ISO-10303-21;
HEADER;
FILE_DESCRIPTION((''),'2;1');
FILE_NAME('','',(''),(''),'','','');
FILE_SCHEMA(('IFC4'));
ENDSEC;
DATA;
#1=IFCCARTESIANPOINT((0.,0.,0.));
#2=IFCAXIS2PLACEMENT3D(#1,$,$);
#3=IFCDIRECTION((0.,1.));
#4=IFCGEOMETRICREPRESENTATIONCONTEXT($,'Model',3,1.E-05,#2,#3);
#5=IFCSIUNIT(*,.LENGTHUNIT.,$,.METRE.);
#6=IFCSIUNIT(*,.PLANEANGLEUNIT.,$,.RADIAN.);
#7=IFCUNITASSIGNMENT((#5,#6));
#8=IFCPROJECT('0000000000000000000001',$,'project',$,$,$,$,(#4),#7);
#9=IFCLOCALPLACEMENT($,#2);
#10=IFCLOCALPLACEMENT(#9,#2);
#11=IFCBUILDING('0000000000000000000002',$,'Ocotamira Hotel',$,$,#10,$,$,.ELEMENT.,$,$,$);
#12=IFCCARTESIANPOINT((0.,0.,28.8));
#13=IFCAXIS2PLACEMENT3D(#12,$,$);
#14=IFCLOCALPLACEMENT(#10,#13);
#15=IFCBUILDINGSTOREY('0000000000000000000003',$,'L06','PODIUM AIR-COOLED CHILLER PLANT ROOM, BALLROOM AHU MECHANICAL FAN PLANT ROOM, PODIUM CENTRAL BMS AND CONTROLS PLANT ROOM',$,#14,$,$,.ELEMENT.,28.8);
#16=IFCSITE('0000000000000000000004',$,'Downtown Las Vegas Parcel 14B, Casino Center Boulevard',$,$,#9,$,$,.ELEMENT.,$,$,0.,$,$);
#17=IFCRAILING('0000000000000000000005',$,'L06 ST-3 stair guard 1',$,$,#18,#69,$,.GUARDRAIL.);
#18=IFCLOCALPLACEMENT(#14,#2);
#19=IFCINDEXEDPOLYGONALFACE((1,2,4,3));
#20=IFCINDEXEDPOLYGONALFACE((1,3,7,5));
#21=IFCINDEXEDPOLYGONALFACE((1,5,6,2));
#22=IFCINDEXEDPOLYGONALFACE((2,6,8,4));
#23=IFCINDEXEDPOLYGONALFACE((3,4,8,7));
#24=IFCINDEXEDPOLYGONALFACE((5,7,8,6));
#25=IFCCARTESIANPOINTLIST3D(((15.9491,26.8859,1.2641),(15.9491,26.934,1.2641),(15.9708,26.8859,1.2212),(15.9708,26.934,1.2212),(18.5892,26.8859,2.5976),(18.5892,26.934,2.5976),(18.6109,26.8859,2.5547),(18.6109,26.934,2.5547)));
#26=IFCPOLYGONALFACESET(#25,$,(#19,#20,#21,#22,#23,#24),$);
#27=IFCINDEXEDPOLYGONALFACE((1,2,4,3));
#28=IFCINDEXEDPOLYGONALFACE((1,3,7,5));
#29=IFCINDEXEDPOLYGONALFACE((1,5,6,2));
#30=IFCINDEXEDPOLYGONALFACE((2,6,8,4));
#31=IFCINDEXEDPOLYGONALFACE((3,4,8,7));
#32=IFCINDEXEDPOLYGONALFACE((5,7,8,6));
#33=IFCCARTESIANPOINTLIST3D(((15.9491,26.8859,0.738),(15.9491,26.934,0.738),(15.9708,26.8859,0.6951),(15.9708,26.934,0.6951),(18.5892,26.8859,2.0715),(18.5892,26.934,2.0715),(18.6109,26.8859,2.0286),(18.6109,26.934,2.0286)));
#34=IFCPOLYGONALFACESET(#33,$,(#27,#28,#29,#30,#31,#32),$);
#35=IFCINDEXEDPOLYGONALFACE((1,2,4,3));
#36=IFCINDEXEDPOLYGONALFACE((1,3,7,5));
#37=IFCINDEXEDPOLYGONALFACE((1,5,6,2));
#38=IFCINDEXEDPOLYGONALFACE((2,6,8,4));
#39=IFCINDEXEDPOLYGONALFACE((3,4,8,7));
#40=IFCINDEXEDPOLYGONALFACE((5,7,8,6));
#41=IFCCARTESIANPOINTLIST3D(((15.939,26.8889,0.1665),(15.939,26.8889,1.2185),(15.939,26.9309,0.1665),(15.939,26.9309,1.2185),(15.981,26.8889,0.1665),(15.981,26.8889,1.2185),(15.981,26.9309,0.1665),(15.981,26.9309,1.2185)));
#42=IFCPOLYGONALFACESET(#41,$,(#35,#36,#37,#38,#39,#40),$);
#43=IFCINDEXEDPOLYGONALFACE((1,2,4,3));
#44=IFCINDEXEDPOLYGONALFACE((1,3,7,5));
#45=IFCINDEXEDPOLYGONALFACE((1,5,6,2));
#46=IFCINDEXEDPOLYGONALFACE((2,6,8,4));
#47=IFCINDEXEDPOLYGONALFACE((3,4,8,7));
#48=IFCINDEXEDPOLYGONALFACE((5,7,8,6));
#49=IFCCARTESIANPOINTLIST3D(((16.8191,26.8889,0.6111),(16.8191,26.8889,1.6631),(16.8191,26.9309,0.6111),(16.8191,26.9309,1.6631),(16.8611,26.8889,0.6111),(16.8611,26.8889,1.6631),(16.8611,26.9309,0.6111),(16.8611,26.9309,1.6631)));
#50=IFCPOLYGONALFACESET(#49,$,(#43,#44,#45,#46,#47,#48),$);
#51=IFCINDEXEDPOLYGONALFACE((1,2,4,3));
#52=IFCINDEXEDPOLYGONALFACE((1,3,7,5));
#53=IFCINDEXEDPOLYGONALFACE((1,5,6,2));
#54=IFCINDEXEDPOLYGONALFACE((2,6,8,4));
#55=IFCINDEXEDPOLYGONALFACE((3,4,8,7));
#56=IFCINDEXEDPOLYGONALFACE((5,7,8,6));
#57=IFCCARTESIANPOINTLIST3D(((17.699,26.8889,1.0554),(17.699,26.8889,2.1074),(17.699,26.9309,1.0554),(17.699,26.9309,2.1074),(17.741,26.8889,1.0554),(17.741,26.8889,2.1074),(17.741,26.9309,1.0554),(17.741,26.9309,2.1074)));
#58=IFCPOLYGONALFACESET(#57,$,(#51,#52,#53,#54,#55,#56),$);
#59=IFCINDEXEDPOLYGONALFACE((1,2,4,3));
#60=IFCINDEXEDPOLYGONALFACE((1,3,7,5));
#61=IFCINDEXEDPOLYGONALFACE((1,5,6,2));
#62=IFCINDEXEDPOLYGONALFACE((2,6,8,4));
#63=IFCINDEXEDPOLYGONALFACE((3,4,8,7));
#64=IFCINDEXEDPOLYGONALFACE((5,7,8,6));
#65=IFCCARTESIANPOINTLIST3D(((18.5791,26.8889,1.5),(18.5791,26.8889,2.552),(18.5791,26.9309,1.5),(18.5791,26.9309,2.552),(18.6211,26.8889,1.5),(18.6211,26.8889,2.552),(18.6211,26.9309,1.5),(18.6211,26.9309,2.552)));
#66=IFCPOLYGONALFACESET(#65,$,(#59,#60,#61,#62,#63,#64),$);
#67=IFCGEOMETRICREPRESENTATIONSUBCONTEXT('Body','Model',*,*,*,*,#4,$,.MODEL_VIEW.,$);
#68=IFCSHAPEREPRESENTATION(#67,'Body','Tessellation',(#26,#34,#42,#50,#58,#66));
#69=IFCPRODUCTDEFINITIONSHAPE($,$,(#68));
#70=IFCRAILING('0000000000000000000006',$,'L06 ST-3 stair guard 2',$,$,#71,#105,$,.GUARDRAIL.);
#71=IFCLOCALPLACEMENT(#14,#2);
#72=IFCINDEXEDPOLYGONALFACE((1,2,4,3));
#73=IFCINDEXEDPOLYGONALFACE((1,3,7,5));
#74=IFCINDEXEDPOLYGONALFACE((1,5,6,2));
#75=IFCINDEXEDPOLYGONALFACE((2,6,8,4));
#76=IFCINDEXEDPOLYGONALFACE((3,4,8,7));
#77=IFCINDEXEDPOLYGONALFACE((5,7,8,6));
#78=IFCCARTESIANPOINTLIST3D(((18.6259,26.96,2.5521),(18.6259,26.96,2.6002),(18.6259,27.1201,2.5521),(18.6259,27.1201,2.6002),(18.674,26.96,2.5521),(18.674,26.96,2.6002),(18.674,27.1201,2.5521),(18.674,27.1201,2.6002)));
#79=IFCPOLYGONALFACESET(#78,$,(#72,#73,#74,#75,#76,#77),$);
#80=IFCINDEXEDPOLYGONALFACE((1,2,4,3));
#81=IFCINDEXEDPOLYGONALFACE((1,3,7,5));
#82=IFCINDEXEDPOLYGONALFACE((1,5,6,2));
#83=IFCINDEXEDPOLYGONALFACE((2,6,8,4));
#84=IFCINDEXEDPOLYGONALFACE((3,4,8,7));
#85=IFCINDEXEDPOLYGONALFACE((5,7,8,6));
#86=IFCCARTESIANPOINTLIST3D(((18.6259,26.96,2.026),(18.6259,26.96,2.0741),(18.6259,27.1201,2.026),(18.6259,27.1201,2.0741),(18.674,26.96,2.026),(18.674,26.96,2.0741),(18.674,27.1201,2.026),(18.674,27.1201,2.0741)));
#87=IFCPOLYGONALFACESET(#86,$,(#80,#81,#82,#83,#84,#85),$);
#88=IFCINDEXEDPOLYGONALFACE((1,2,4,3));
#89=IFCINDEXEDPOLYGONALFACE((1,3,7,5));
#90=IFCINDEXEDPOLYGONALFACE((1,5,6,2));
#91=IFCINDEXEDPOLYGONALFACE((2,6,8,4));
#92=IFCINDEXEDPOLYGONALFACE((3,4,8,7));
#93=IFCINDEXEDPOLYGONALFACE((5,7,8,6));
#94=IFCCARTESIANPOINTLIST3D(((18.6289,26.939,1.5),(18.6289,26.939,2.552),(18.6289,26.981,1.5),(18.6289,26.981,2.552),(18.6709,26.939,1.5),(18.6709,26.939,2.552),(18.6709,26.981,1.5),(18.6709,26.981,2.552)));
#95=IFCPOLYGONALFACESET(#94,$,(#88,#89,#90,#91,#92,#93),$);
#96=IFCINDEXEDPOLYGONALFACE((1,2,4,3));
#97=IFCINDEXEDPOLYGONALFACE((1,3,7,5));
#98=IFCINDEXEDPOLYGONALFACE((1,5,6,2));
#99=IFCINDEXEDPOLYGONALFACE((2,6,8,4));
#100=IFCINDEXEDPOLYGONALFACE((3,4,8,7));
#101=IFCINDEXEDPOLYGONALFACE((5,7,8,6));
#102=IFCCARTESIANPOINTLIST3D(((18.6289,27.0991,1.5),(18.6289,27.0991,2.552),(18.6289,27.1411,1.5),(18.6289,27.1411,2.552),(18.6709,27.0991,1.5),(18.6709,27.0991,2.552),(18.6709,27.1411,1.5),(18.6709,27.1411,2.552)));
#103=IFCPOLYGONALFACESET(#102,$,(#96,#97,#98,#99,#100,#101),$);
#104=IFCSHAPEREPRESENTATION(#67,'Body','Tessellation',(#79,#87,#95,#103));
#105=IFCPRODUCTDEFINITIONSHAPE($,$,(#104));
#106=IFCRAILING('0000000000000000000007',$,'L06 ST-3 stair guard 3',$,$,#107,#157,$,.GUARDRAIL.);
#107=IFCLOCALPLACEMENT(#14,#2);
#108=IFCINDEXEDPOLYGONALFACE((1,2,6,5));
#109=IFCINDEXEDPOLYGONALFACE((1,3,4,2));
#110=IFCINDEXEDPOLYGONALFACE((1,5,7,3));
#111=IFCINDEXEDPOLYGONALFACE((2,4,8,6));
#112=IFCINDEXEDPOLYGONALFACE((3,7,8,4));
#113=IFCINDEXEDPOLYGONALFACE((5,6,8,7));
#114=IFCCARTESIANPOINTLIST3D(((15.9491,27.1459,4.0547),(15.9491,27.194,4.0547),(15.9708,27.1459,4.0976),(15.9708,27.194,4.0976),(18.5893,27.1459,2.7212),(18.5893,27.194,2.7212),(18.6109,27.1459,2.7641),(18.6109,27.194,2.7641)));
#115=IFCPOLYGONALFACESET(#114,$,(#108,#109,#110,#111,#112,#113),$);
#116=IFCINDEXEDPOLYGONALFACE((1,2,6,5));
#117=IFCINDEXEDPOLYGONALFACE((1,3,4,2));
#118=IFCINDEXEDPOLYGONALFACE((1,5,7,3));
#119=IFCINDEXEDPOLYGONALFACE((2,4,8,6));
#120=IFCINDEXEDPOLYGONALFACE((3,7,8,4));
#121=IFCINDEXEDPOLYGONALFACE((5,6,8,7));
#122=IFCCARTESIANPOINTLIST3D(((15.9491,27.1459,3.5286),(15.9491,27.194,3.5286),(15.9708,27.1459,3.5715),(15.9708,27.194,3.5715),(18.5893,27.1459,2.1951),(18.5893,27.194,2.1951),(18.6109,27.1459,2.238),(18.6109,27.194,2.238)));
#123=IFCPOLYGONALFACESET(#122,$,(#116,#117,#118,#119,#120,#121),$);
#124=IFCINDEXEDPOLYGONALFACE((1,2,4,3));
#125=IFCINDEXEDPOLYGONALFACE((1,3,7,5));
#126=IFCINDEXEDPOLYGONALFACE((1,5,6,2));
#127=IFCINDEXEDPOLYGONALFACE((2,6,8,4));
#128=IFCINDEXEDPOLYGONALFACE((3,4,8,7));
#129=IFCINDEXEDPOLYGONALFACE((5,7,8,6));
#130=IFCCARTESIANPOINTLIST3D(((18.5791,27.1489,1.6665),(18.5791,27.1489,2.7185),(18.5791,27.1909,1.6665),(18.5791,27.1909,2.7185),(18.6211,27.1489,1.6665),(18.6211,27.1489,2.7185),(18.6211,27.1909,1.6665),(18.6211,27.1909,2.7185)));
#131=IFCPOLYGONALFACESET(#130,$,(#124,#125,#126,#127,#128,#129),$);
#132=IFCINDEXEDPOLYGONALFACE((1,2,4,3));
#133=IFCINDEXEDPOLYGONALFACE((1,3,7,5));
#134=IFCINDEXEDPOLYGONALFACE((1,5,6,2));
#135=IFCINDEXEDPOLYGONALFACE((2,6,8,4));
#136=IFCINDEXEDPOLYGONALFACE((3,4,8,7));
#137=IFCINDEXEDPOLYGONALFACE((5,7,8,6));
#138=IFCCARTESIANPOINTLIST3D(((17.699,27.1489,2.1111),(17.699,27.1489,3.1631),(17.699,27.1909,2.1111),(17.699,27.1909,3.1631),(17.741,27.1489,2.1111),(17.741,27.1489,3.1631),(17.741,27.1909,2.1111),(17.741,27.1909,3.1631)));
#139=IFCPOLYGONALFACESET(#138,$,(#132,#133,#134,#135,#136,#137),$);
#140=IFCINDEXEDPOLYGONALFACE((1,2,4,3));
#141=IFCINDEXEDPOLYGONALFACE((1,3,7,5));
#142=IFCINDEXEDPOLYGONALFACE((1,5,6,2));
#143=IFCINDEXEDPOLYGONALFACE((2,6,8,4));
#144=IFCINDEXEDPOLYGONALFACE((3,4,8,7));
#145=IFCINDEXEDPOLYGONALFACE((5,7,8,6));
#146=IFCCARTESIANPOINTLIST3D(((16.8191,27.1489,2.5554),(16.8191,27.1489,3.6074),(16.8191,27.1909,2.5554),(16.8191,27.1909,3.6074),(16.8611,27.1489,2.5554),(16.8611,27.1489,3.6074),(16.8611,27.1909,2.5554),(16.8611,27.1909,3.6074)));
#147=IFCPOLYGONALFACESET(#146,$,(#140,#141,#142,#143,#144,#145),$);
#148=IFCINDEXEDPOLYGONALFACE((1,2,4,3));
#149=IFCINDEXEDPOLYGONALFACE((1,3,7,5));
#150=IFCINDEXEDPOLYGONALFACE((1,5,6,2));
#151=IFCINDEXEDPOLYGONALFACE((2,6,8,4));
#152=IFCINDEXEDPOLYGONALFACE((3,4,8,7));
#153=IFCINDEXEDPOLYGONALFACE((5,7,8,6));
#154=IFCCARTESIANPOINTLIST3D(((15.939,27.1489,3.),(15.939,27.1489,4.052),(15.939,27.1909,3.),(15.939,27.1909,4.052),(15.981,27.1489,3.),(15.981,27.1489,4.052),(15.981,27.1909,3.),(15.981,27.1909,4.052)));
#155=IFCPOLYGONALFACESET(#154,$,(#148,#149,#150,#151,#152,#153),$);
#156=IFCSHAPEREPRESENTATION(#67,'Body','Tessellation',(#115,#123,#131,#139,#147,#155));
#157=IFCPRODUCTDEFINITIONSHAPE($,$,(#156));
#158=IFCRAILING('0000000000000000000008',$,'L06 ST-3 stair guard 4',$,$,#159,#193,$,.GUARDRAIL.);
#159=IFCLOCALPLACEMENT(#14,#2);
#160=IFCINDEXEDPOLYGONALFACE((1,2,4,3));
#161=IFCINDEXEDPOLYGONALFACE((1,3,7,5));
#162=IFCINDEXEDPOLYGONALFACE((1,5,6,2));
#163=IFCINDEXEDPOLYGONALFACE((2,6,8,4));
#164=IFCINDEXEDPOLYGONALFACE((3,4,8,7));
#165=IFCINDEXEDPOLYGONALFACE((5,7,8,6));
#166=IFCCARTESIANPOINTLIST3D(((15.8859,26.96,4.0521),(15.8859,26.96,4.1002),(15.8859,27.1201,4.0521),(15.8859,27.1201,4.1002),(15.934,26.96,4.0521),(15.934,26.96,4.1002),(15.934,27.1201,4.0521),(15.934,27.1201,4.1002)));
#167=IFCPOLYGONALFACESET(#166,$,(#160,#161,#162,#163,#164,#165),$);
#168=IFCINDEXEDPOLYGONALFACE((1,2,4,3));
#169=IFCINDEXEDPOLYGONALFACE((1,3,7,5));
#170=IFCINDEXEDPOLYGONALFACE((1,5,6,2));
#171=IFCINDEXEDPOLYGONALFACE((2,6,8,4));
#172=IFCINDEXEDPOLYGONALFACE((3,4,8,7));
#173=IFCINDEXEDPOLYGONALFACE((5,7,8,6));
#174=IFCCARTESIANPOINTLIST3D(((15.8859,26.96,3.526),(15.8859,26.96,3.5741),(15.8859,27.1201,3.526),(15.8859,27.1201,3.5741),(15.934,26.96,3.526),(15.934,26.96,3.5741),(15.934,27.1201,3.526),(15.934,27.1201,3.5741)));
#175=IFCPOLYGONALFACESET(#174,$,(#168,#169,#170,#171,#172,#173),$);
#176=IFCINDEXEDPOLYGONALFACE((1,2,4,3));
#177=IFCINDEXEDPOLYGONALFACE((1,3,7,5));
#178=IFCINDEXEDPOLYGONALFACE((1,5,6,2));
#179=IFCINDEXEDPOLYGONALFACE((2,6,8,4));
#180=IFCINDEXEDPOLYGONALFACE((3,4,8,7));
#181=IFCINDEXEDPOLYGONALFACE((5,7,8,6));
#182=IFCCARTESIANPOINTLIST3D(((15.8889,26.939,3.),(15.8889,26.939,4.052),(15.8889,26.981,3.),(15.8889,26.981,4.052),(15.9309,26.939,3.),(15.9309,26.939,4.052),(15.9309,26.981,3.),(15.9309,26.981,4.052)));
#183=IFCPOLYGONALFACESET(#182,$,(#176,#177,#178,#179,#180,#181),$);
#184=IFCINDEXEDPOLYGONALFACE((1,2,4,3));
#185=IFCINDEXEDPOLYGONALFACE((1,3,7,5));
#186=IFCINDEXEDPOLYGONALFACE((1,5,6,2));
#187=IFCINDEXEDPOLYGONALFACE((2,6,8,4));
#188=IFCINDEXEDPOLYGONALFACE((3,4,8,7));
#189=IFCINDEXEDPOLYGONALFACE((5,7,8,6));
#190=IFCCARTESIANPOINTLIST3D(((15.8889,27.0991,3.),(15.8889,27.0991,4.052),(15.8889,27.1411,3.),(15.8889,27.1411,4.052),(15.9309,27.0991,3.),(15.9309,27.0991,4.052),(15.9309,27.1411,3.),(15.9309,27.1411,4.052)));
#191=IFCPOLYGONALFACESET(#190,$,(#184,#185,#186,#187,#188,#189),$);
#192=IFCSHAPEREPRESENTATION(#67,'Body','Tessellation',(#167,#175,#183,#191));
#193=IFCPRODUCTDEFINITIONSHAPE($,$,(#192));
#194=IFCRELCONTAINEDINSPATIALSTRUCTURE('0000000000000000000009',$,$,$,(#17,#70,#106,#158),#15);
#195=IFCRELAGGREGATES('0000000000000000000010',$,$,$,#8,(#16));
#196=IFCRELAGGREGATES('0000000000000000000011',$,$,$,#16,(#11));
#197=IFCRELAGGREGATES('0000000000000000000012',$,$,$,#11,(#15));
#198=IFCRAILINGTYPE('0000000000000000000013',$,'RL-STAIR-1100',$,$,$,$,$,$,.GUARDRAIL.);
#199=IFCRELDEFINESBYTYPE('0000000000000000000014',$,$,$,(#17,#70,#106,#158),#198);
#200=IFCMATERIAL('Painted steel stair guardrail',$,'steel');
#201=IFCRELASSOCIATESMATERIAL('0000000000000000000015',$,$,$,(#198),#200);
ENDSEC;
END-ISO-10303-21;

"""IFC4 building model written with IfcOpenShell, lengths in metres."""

from ifc_helpers import new_model, si_unit, direction, frame, origin, origin_2d, place, context, subcontext, project, spatial, rectangle, extrude, material, type_object, element, save


model = new_model("IFC4")

# Units and contexts
model_context = context("Model", 3, precision=1e-05, world=origin(), true_north=direction((0.0, 1.0)))
body_context = subcontext(model_context, "Body", "Model", "MODEL_VIEW")
ifc_project = project(units=[si_unit("LENGTHUNIT", "METRE"), si_unit("PLANEANGLEUNIT", "RADIAN")], contexts=[model_context])

# Site, building, storey
site_placement = place(None, origin())
site = spatial("IfcSite", under=ifc_project, at=site_placement, Name="Downtown Las Vegas Parcel 14B, Casino Center Boulevard", CompositionType="ELEMENT", RefElevation=0.0)
building_placement = place(site_placement, origin())
building = spatial("IfcBuilding", under=site, at=building_placement, Name="Ocotamira Hotel", CompositionType="ELEMENT")
storey_placement = place(building_placement, frame((0.0, 0.0, 28.8)))
storey = spatial("IfcBuildingStorey", under=building, at=storey_placement, Name="L06", Description="PODIUM AIR-COOLED CHILLER PLANT ROOM, BALLROOM AHU MECHANICAL FAN PLANT ROOM, PODIUM CENTRAL BMS AND CONTROLS PLANT ROOM", CompositionType="ELEMENT", Elevation=28.8)

# Railings
ifc_material_1 = material(Name="Painted steel stair guardrail", Category="steel")
railing_type_1 = type_object("IfcRailingType", Name="RL-STAIR-1100", PredefinedType="GUARDRAIL", material=ifc_material_1)
railing_1_placement = place(storey_placement, frame((15.96, 26.9099, 0.1665)))
element("IfcRailing", 1, at=railing_1_placement, inside=storey, type_object=railing_type_1, Name="L06 ST-3 stair guard 1", PredefinedType="GUARDRAIL", context=body_context, shape_type="SweptSolid", body=[
    extrude(rectangle(XDim=0.0481, YDim=0.0481, at=origin_2d()), frame((0.0, 0.0, 1.0762), z_axis=(0.892604, 0.0, 0.450842), x_axis=(0.0, 1.0, 0.0)), (0.0, 0.0, 1.0), 2.9578),
    extrude(rectangle(XDim=0.0481, YDim=0.0481, at=origin_2d()), frame((0.0, 0.0, 0.55), z_axis=(0.892604, 0.0, 0.450842), x_axis=(0.0, 1.0, 0.0)), (0.0, 0.0, 1.0), 2.9578),
    extrude(rectangle(XDim=0.042, YDim=0.042, at=origin_2d()), origin(), (0.0, 0.0, 1.0), 1.052),
    extrude(rectangle(XDim=0.042, YDim=0.042, at=origin_2d()), frame((0.8801, 0.0, 0.4446)), (0.0, 0.0, 1.0), 1.052),
    extrude(rectangle(XDim=0.042, YDim=0.042, at=origin_2d()), frame((1.76, 0.0, 0.8889)), (0.0, 0.0, 1.0), 1.052),
    extrude(rectangle(XDim=0.042, YDim=0.042, at=origin_2d()), frame((2.6401, 0.0, 1.3335)), (0.0, 0.0, 1.0), 1.052),
])
railing_2_placement = place(storey_placement, frame((18.6499, 26.96, 1.5)))
element("IfcRailing", 2, at=railing_2_placement, inside=storey, type_object=railing_type_1, Name="L06 ST-3 stair guard 2", PredefinedType="GUARDRAIL", context=body_context, shape_type="SweptSolid", body=[
    extrude(rectangle(XDim=0.0481, YDim=0.0481, at=origin_2d()), frame((0.0, 0.0, 1.0762), z_axis=(0.0, 1.0, 0.0), x_axis=(-1.0, 0.0, 0.0)), (0.0, 0.0, 1.0), 0.1602),
    extrude(rectangle(XDim=0.0481, YDim=0.0481, at=origin_2d()), frame((0.0, 0.0, 0.55), z_axis=(0.0, 1.0, 0.0), x_axis=(-1.0, 0.0, 0.0)), (0.0, 0.0, 1.0), 0.1602),
    extrude(rectangle(XDim=0.042, YDim=0.042, at=origin_2d()), origin(), (0.0, 0.0, 1.0), 1.052),
    extrude(rectangle(XDim=0.042, YDim=0.042, at=origin_2d()), frame((0.0, 0.1602, 0.0)), (0.0, 0.0, 1.0), 1.052),
])
railing_3_placement = place(storey_placement, frame((18.6001, 27.1699, 1.6665)))
element("IfcRailing", 3, at=railing_3_placement, inside=storey, type_object=railing_type_1, Name="L06 ST-3 stair guard 3", PredefinedType="GUARDRAIL", context=body_context, shape_type="SweptSolid", body=[
    extrude(rectangle(XDim=0.0481, YDim=0.0481, at=origin_2d()), frame((0.0, 0.0, 1.0762), z_axis=(-0.892604, 0.0, 0.450842), x_axis=(0.0, -1.0, 0.0)), (0.0, 0.0, 1.0), 2.9578),
    extrude(rectangle(XDim=0.0481, YDim=0.0481, at=origin_2d()), frame((0.0, 0.0, 0.55), z_axis=(-0.892604, 0.0, 0.450842), x_axis=(0.0, -1.0, 0.0)), (0.0, 0.0, 1.0), 2.9578),
    extrude(rectangle(XDim=0.042, YDim=0.042, at=origin_2d()), origin(), (0.0, 0.0, 1.0), 1.052),
    extrude(rectangle(XDim=0.042, YDim=0.042, at=origin_2d()), frame((-0.8801, 0.0, 0.4446)), (0.0, 0.0, 1.0), 1.052),
    extrude(rectangle(XDim=0.042, YDim=0.042, at=origin_2d()), frame((-1.76, 0.0, 0.8889)), (0.0, 0.0, 1.0), 1.052),
    extrude(rectangle(XDim=0.042, YDim=0.042, at=origin_2d()), frame((-2.6401, 0.0, 1.3335)), (0.0, 0.0, 1.0), 1.052),
])
railing_4_placement = place(storey_placement, frame((15.9099, 26.96, 3.0)))
element("IfcRailing", 4, at=railing_4_placement, inside=storey, type_object=railing_type_1, Name="L06 ST-3 stair guard 4", PredefinedType="GUARDRAIL", context=body_context, shape_type="SweptSolid", body=[
    extrude(rectangle(XDim=0.0481, YDim=0.0481, at=origin_2d()), frame((0.0, 0.0, 1.0762), z_axis=(0.0, 1.0, 0.0), x_axis=(-1.0, 0.0, 0.0)), (0.0, 0.0, 1.0), 0.1602),
    extrude(rectangle(XDim=0.0481, YDim=0.0481, at=origin_2d()), frame((0.0, 0.0, 0.55), z_axis=(0.0, 1.0, 0.0), x_axis=(-1.0, 0.0, 0.0)), (0.0, 0.0, 1.0), 0.1602),
    extrude(rectangle(XDim=0.042, YDim=0.042, at=origin_2d()), origin(), (0.0, 0.0, 1.0), 1.052),
    extrude(rectangle(XDim=0.042, YDim=0.042, at=origin_2d()), frame((0.0, 0.1602, 0.0)), (0.0, 0.0, 1.0), 1.052),
])

save(model, "model.ifc")
